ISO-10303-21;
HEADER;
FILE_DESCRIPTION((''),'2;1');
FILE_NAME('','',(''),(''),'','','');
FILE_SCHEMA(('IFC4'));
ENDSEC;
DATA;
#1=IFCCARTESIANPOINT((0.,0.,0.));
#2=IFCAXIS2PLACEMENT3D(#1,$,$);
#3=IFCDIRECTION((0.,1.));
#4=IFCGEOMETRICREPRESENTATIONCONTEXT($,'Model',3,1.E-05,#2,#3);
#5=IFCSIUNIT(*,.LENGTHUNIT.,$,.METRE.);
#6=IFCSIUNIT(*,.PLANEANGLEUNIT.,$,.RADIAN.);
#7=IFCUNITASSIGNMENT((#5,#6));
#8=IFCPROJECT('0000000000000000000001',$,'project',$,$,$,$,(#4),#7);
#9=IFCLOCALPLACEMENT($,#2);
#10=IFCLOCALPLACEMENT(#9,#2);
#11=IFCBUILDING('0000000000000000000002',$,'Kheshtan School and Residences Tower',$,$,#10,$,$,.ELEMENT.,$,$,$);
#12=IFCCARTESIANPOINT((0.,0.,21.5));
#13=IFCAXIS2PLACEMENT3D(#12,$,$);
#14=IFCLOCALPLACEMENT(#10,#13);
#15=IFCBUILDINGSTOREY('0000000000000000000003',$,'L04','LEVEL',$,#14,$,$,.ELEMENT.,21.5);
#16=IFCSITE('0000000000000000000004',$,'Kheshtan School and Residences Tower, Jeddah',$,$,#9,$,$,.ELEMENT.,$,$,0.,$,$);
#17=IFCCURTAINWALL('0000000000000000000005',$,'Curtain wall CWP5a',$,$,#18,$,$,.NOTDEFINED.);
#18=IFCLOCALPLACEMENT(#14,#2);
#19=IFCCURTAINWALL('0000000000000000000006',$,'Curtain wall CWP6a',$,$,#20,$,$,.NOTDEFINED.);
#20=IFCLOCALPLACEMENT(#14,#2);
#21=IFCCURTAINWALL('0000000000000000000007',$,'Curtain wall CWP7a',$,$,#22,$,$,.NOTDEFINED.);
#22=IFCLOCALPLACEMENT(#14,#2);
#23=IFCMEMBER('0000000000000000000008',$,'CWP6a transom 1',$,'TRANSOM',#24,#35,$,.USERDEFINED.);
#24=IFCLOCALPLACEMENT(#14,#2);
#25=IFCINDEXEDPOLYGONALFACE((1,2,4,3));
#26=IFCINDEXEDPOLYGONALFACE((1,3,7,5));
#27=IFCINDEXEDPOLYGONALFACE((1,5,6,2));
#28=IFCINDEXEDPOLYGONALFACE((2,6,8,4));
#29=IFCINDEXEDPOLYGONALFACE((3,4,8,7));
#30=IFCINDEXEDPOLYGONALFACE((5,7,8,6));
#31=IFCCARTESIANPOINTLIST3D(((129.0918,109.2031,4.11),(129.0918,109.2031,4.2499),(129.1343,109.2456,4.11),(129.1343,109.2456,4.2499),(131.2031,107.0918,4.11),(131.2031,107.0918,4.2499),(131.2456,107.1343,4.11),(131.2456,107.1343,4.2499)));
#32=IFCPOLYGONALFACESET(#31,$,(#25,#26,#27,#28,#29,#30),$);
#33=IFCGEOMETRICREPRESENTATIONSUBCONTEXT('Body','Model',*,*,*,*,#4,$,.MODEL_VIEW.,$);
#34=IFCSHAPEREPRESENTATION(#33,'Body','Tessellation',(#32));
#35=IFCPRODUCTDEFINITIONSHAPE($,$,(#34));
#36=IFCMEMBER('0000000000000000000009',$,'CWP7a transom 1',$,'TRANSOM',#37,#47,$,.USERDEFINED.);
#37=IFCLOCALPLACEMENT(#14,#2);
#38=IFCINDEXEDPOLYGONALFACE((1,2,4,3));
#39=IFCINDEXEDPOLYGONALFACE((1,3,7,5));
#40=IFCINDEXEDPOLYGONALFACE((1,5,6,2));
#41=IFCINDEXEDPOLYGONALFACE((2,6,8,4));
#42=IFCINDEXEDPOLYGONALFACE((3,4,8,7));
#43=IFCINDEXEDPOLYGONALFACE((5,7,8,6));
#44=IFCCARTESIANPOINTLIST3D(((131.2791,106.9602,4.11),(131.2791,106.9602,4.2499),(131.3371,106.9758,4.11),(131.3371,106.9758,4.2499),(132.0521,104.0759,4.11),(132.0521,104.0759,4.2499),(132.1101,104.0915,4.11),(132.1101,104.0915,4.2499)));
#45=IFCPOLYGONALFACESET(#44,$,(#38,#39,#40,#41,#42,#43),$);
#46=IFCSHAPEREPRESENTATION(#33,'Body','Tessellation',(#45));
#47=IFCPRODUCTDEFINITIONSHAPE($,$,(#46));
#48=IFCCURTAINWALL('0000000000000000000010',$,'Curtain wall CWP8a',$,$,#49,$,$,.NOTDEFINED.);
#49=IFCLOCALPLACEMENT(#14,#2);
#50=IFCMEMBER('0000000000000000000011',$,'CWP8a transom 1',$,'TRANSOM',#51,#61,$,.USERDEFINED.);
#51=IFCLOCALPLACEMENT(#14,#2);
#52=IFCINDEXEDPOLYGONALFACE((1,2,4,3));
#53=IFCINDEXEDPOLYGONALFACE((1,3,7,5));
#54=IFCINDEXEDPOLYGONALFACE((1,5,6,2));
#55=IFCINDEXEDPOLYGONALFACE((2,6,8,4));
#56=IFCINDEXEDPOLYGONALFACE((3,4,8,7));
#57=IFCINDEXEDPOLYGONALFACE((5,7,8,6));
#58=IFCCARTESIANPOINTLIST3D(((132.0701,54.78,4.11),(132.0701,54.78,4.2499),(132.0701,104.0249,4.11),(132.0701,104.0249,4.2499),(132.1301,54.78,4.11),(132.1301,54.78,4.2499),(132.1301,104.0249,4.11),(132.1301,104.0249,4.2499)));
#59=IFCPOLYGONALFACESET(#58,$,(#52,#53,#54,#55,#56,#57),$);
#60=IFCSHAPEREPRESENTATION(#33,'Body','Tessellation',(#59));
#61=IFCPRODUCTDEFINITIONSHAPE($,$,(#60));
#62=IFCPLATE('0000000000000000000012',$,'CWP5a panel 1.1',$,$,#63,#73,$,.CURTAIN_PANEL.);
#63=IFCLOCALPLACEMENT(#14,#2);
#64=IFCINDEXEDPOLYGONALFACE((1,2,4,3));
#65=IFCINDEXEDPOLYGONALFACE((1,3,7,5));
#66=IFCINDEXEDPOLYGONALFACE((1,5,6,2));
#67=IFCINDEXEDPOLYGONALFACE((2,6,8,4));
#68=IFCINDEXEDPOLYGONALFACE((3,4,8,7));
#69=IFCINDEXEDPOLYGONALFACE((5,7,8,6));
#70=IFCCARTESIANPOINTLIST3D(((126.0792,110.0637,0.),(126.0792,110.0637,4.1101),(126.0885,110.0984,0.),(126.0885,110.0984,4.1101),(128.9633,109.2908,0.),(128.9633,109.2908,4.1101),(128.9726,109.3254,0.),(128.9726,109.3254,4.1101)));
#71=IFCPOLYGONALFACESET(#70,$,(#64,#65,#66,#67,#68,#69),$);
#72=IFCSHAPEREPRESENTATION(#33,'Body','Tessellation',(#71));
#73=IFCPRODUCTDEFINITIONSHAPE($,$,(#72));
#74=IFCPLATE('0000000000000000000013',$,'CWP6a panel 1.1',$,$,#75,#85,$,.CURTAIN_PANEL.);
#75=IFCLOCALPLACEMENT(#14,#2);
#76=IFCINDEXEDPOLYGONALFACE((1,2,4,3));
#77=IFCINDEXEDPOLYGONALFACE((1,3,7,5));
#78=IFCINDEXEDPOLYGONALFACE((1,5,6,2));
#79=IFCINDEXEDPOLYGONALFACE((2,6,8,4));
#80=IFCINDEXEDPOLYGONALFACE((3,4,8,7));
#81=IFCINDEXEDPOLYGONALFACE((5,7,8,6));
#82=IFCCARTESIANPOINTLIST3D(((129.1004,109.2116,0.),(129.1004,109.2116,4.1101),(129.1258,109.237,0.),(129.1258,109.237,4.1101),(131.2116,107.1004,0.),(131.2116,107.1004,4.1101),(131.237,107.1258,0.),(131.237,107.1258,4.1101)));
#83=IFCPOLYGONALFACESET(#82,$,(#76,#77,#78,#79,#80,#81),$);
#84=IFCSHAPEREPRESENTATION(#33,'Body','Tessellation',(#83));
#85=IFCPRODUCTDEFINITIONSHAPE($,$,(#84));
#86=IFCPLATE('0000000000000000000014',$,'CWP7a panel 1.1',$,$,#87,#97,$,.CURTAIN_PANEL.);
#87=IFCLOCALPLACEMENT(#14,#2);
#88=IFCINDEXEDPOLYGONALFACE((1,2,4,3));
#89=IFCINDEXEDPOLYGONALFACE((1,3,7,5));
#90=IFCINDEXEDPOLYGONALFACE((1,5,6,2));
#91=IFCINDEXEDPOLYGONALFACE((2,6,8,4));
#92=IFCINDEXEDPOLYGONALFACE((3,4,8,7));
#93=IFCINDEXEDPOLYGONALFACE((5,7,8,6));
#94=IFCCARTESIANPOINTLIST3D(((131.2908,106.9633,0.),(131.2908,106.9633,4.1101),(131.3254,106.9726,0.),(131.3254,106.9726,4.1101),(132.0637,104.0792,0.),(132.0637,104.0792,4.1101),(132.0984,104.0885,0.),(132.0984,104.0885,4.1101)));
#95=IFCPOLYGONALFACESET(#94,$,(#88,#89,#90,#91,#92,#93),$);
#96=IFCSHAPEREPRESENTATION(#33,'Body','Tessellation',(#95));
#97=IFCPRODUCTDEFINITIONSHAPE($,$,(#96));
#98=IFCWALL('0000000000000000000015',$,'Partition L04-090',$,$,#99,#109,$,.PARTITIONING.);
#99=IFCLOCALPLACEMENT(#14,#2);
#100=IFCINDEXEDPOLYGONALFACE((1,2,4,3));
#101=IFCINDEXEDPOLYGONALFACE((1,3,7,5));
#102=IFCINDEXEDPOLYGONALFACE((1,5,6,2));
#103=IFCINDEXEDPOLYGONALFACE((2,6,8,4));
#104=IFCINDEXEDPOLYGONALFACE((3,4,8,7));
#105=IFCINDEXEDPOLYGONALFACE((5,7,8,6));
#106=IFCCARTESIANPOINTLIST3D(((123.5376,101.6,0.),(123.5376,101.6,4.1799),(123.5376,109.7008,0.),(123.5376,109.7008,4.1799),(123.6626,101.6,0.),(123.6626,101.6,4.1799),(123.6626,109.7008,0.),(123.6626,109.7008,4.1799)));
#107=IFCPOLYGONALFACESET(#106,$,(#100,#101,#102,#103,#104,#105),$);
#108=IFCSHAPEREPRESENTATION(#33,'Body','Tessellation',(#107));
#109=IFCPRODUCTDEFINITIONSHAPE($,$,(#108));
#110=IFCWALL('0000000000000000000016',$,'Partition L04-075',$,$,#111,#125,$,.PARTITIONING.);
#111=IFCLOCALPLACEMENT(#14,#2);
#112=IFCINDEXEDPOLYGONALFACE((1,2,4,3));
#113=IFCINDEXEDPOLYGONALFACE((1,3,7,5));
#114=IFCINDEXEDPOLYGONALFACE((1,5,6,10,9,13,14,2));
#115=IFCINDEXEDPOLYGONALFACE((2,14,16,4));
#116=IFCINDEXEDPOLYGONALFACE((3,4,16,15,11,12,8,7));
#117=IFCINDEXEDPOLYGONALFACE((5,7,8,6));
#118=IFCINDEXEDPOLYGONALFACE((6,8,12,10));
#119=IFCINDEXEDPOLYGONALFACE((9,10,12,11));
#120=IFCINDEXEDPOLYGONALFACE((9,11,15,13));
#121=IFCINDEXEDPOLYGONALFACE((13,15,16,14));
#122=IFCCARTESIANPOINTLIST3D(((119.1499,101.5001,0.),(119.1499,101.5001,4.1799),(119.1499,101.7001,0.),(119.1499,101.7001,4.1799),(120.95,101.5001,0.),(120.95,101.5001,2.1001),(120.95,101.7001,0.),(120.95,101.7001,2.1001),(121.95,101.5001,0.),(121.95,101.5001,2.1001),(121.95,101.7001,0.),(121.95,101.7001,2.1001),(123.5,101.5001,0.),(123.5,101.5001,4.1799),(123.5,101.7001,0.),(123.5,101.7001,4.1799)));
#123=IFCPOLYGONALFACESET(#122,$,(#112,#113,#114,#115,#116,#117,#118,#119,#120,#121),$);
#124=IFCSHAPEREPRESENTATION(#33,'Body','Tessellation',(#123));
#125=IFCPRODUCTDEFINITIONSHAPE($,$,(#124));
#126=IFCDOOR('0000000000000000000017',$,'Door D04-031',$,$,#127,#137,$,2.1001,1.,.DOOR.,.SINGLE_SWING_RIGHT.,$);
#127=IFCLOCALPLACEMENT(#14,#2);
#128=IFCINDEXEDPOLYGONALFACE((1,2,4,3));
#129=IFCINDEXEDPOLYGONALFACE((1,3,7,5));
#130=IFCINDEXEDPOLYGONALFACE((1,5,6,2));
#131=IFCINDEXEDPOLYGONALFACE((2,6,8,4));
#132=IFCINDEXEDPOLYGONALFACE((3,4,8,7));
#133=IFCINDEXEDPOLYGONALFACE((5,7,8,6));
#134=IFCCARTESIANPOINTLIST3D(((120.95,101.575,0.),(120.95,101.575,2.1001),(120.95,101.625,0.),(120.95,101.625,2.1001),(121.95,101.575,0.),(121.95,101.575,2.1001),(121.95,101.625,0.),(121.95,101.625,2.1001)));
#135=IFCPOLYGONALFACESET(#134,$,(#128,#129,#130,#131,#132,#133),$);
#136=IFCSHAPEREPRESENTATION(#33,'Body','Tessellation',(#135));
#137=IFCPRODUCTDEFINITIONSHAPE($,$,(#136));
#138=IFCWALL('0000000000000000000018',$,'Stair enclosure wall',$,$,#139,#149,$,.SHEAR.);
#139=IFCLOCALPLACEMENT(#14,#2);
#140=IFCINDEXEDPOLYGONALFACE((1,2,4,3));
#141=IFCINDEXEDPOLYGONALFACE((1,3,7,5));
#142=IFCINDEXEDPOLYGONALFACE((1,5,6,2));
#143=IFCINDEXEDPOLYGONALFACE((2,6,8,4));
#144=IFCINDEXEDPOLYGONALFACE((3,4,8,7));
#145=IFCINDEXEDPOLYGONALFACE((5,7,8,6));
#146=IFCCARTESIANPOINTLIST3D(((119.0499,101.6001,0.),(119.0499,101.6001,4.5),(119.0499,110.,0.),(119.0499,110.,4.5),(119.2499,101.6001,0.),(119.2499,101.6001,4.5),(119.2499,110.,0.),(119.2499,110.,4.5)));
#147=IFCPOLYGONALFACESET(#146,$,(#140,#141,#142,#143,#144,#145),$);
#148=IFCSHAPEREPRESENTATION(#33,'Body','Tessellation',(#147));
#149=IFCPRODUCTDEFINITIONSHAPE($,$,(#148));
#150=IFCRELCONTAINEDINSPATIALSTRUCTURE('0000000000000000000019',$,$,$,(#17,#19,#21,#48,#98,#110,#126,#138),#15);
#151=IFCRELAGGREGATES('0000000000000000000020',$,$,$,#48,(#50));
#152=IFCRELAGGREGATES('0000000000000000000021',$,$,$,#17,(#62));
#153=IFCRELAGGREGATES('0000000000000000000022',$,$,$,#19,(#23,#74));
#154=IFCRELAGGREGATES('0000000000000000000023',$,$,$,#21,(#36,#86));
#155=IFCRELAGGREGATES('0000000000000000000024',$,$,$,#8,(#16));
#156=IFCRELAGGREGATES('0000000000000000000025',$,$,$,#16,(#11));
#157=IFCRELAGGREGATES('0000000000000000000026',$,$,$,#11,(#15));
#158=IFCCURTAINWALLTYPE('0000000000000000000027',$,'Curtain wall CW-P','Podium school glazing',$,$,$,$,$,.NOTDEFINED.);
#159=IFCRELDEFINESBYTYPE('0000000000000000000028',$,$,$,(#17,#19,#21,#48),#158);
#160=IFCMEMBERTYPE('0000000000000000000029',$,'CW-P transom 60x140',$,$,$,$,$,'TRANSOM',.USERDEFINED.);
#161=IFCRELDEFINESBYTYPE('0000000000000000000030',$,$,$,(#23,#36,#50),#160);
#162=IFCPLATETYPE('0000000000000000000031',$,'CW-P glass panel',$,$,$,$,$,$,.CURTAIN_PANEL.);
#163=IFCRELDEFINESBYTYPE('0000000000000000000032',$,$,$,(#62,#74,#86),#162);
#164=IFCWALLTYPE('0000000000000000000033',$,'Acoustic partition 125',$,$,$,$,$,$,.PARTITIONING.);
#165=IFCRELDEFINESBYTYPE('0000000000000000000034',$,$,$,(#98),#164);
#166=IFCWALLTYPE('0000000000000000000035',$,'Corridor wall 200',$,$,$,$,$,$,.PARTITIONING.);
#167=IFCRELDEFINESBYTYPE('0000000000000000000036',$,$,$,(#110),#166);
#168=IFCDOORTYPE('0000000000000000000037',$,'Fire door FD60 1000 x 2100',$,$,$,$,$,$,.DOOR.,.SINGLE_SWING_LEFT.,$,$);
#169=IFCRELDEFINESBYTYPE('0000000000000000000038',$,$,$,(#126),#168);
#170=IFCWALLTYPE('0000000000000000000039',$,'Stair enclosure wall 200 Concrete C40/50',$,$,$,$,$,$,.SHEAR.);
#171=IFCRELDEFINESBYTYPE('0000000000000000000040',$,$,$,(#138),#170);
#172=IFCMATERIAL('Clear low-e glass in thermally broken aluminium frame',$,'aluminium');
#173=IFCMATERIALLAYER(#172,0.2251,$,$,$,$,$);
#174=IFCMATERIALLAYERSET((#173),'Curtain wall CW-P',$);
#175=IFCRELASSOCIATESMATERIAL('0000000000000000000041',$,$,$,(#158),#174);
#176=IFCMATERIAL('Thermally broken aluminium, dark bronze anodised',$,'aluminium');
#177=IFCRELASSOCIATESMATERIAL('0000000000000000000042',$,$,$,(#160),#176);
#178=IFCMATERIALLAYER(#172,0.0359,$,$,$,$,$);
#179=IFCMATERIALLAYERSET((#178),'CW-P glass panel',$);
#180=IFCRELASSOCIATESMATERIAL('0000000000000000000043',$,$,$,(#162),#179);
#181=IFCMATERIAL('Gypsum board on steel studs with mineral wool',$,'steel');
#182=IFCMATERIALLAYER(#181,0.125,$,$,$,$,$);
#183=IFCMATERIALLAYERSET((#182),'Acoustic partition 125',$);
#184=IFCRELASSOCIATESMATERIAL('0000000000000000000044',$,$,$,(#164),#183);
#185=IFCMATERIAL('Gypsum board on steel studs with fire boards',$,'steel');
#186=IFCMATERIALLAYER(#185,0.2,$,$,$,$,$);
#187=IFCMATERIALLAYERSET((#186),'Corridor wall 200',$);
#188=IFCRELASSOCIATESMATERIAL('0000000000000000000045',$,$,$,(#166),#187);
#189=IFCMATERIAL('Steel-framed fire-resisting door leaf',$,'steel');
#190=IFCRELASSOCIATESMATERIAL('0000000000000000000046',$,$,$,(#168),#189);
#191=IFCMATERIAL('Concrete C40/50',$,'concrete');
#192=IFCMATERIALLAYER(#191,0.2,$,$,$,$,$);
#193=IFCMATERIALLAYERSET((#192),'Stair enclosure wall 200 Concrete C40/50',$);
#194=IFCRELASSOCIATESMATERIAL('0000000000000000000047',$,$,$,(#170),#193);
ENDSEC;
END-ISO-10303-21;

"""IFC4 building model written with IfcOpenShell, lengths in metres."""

from ifc_helpers import new_model, si_unit, direction, frame, frame_2d, origin, origin_2d, place, context, subcontext, project, spatial, rectangle, extrude, source, transform, mapped, material, layer, layer_set, material_profile, profile_set, type_object, element, fill, aggregate, save


model = new_model("IFC4")

# Units and contexts
model_context = context("Model", 3, precision=1e-05, world=origin(), true_north=direction((0.0, 1.0)))
body_context = subcontext(model_context, "Body", "Model", "MODEL_VIEW")
ifc_project = project(units=[si_unit("LENGTHUNIT", "METRE"), si_unit("PLANEANGLEUNIT", "RADIAN")], contexts=[model_context])

# Site, building, storey
site_placement = place(None, origin())
site = spatial("IfcSite", under=ifc_project, at=site_placement, Name="Kheshtan School and Residences Tower, Jeddah", CompositionType="ELEMENT", RefElevation=0.0)
building_placement = place(site_placement, origin())
building = spatial("IfcBuilding", under=site, at=building_placement, Name="Kheshtan School and Residences Tower", CompositionType="ELEMENT")
storey_placement = place(building_placement, frame((0.0, 0.0, 21.5)))
storey = spatial("IfcBuildingStorey", under=building, at=storey_placement, Name="L04", Description="LEVEL", CompositionType="ELEMENT", Elevation=21.5)

# Curtain walls
ifc_material_1 = material(Name="Clear low-e glass in thermally broken aluminium frame", Category="aluminium")
ifc_layer_1 = layer(ifc_material_1, 0.2251)
ifc_layer_set_1 = layer_set([ifc_layer_1], Name="Curtain wall CW-P")
curtain_wall_type = type_object("IfcCurtainWallType", Name="Curtain wall CW-P", Description="Podium school glazing", PredefinedType="NOTDEFINED", material=ifc_layer_set_1)
curtain_wall_1_placement = place(storey_placement, origin())
curtain_wall_1 = element("IfcCurtainWall", 1, at=curtain_wall_1_placement, inside=storey, type_object=curtain_wall_type, Name="Curtain wall CWP5a", PredefinedType="NOTDEFINED")
ifc_material_2 = material(Name="Thermally broken aluminium, dark bronze anodised", Category="aluminium")
curtain_wall_2_placement = place(storey_placement, origin())
curtain_wall_2 = element("IfcCurtainWall", 2, at=curtain_wall_2_placement, inside=storey, type_object=curtain_wall_type, Name="Curtain wall CWP6a", PredefinedType="NOTDEFINED")
curtain_wall_3_placement = place(storey_placement, origin())
curtain_wall_3 = element("IfcCurtainWall", 3, at=curtain_wall_3_placement, inside=storey, type_object=curtain_wall_type, Name="Curtain wall CWP7a", PredefinedType="NOTDEFINED")

# Members
ifc_material_profile_1 = material_profile(ifc_material_2, rectangle(XDim=0.0601, YDim=0.1399, at=origin_2d()), Name="CW-P transom 60x140")
ifc_profile_set_1 = profile_set([ifc_material_profile_1], Name="Thermally broken aluminium, dark bronze anodised")
member_type_1 = type_object("IfcMemberType", Name="CW-P transom 60x140", ElementType="TRANSOM", PredefinedType="USERDEFINED", material=ifc_profile_set_1)
member_1_placement = place(storey_placement, frame((129.113, 109.2244, 4.1799), z_axis=(0.707107, -0.707107, 0.0), x_axis=(0.707107, 0.707107, 0.0)))
member_1 = element("IfcMember", 4, at=member_1_placement, type_object=member_type_1, Name="CWP6a transom 1", ObjectType="TRANSOM", PredefinedType="USERDEFINED", context=body_context, shape_type="SweptSolid", body=[
    extrude(rectangle(XDim=0.0601, YDim=0.1399, at=origin_2d()), origin(), (0.0, 0.0, 1.0), 2.9858),
])
member_2_placement = place(storey_placement, frame((131.3081, 106.968, 4.1799), z_axis=(0.258853, -0.965917, 0.0), x_axis=(0.965917, 0.258853, 0.0)))
member_2 = element("IfcMember", 5, at=member_2_placement, type_object=member_type_1, Name="CWP7a transom 1", ObjectType="TRANSOM", PredefinedType="USERDEFINED", context=body_context, shape_type="SweptSolid", body=[
    extrude(rectangle(XDim=0.0601, YDim=0.1399, at=origin_2d()), origin(), (0.0, 0.0, 1.0), 2.9861),
])

# Curtain wall, member
curtain_wall_4_placement = place(storey_placement, origin())
curtain_wall_4 = element("IfcCurtainWall", 6, at=curtain_wall_4_placement, inside=storey, type_object=curtain_wall_type, Name="Curtain wall CWP8a", PredefinedType="NOTDEFINED")
member_3_placement = place(storey_placement, frame((132.1001, 104.0249, 4.1799), z_axis=(0.0, -1.0, 0.0), x_axis=(1.0, 0.0, 0.0)))
member_3 = element("IfcMember", 7, at=member_3_placement, type_object=member_type_1, Name="CWP8a transom 1", ObjectType="TRANSOM", PredefinedType="USERDEFINED", context=body_context, shape_type="SweptSolid", body=[
    extrude(rectangle(XDim=0.0601, YDim=0.1399, at=origin_2d()), origin(), (0.0, 0.0, 1.0), 49.2449),
])
aggregate(curtain_wall_4, [member_3])

# Plates
ifc_layer_2 = layer(ifc_material_1, 0.0359)
ifc_layer_set_2 = layer_set([ifc_layer_2], Name="CW-P glass panel")
plate_type = type_object("IfcPlateType", Name="CW-P glass panel", PredefinedType="CURTAIN_PANEL", material=ifc_layer_set_2)
plate_1_placement = place(storey_placement, frame((127.5259, 109.6946, 0.0), z_axis=(0.0, 0.0, 1.0), x_axis=(0.965914, -0.258865, 0.0)))
plate_1 = element("IfcPlate", 8, at=plate_1_placement, type_object=plate_type, Name="CWP5a panel 1.1", PredefinedType="CURTAIN_PANEL", context=body_context, shape_type="SweptSolid", body=[
    extrude(rectangle(XDim=2.9858, YDim=0.0359, at=origin_2d()), origin(), (0.0, 0.0, 1.0), 4.1101),
])
aggregate(curtain_wall_1, [plate_1])
plate_2_placement = place(storey_placement, frame((130.1687, 108.1687, 0.0), z_axis=(0.0, 0.0, 1.0), x_axis=(0.707107, -0.707107, 0.0)))
plate_2 = element("IfcPlate", 9, at=plate_2_placement, type_object=plate_type, Name="CWP6a panel 1.1", PredefinedType="CURTAIN_PANEL", context=body_context, shape_type="SweptSolid", body=[
    extrude(rectangle(XDim=2.9856, YDim=0.0359, at=origin_2d()), origin(), (0.0, 0.0, 1.0), 4.1101),
])
aggregate(curtain_wall_2, [member_1, plate_2])
plate_3_placement = place(storey_placement, frame((131.6946, 105.5259, 0.0), z_axis=(0.0, 0.0, 1.0), x_axis=(0.258865, -0.965914, 0.0)))
plate_3 = element("IfcPlate", 10, at=plate_3_placement, type_object=plate_type, Name="CWP7a panel 1.1", PredefinedType="CURTAIN_PANEL", context=body_context, shape_type="SweptSolid", body=[
    extrude(rectangle(XDim=2.9858, YDim=0.0359, at=origin_2d()), origin(), (0.0, 0.0, 1.0), 4.1101),
])
aggregate(curtain_wall_3, [member_2, plate_3])

# Wall
ifc_material_3 = material(Name="Gypsum board on steel studs with mineral wool", Category="steel")
ifc_layer_3 = layer(ifc_material_3, 0.125)
ifc_layer_set_3 = layer_set([ifc_layer_3], Name="Acoustic partition 125")
wall_type_1 = type_object("IfcWallType", Name="Acoustic partition 125", PredefinedType="PARTITIONING", material=ifc_layer_set_3)
wall_1_placement = place(storey_placement, frame((123.6001, 101.6001, 0.0), z_axis=(0.0, 0.0, 1.0), x_axis=(0.0, 1.0, 0.0)))
element("IfcWall", 11, at=wall_1_placement, inside=storey, type_object=wall_type_1, Name="Partition L04-090", PredefinedType="PARTITIONING", context=body_context, shape_type="SweptSolid", body=[
    extrude(rectangle(XDim=8.1008, YDim=0.125, at=frame_2d((4.0503, 0.0))), origin(), (0.0, 0.0, 1.0), 4.1799),
])

# Wall, opening, door
ifc_material_4 = material(Name="Gypsum board on steel studs with fire boards", Category="steel")
ifc_layer_4 = layer(ifc_material_4, 0.2)
ifc_layer_set_4 = layer_set([ifc_layer_4], Name="Corridor wall 200")
wall_type_2 = type_object("IfcWallType", Name="Corridor wall 200", PredefinedType="PARTITIONING", material=ifc_layer_set_4)
wall_2_placement = place(storey_placement, frame((119.1499, 101.6001, 0.0), z_axis=(0.0, 0.0, 1.0), x_axis=(1.0, 0.0, 0.0)))
wall_2 = element("IfcWall", 12, at=wall_2_placement, inside=storey, type_object=wall_type_2, Name="Partition L04-075", PredefinedType="PARTITIONING", context=body_context, shape_type="SweptSolid", body=[
    extrude(rectangle(XDim=4.3501, YDim=0.2, at=frame_2d((2.175, 0.0))), origin(), (0.0, 0.0, 1.0), 4.1799),
])
opening_placement = place(wall_2_placement, frame((1.8, 0.0, 0.0)))
opening = element("IfcOpeningElement", 13, at=opening_placement, cuts=wall_2, PredefinedType="OPENING", context=body_context, shape_type="SweptSolid", body=[
    extrude(rectangle(XDim=1.0, YDim=2.1001, at=frame_2d((0.5, 1.05))), frame((0.0, 0.1099, 0.0), z_axis=(0.0, -1.0, 0.0), x_axis=(1.0, 0.0, 0.0)), (0.0, 0.0, 1.0), 0.22),
])
ifc_material_5 = material(Name="Steel-framed fire-resisting door leaf", Category="steel")
door_type = type_object("IfcDoorType", Name="Fire door FD60 1000 x 2100", OperationType="SINGLE_SWING_LEFT", PredefinedType="DOOR", material=ifc_material_5)
shared_shape = source(origin(), body_context, "Body", "SweptSolid", [
    extrude(rectangle(XDim=1.0, YDim=2.1001, at=frame_2d((0.5, 1.05))), frame((0.0, 0.0249, 0.0), z_axis=(0.0, -1.0, 0.0), x_axis=(1.0, 0.0, 0.0)), (0.0, 0.0, 1.0), 0.05),
])
door_placement = place(opening_placement, origin())
door = element("IfcDoor", 14, at=door_placement, inside=storey, type_object=door_type, Name="Door D04-031", OperationType="SINGLE_SWING_RIGHT", OverallHeight=2.1001, OverallWidth=1.0, PredefinedType="DOOR", context=body_context, shape_type="MappedRepresentation", body=[
    mapped(shared_shape, transform((0.0, 0.0, 0.0), x_axis=(1.0, 0.0, 0.0), y_axis=(0.0, 1.0, 0.0), z_axis=(0.0, 0.0, 1.0), scale=1.0)),
])
fill(opening, door)

# Wall
ifc_material_6 = material(Name="Concrete C40/50", Category="concrete")
ifc_layer_5 = layer(ifc_material_6, 0.2)
ifc_layer_set_5 = layer_set([ifc_layer_5], Name="Stair enclosure wall 200 Concrete C40/50")
wall_type_3 = type_object("IfcWallType", Name="Stair enclosure wall 200 Concrete C40/50", PredefinedType="SHEAR", material=ifc_layer_set_5)
wall_3_placement = place(storey_placement, frame((119.1499, 101.6001, 0.0), z_axis=(0.0, 0.0, 1.0), x_axis=(0.0, 1.0, 0.0)))
element("IfcWall", 15, at=wall_3_placement, inside=storey, type_object=wall_type_3, Name="Stair enclosure wall", PredefinedType="SHEAR", context=body_context, shape_type="SweptSolid", body=[
    extrude(rectangle(XDim=8.3999, YDim=0.2, at=frame_2d((4.2, 0.0))), origin(), (0.0, 0.0, 1.0), 4.5),
])

save(model, "model.ifc")
